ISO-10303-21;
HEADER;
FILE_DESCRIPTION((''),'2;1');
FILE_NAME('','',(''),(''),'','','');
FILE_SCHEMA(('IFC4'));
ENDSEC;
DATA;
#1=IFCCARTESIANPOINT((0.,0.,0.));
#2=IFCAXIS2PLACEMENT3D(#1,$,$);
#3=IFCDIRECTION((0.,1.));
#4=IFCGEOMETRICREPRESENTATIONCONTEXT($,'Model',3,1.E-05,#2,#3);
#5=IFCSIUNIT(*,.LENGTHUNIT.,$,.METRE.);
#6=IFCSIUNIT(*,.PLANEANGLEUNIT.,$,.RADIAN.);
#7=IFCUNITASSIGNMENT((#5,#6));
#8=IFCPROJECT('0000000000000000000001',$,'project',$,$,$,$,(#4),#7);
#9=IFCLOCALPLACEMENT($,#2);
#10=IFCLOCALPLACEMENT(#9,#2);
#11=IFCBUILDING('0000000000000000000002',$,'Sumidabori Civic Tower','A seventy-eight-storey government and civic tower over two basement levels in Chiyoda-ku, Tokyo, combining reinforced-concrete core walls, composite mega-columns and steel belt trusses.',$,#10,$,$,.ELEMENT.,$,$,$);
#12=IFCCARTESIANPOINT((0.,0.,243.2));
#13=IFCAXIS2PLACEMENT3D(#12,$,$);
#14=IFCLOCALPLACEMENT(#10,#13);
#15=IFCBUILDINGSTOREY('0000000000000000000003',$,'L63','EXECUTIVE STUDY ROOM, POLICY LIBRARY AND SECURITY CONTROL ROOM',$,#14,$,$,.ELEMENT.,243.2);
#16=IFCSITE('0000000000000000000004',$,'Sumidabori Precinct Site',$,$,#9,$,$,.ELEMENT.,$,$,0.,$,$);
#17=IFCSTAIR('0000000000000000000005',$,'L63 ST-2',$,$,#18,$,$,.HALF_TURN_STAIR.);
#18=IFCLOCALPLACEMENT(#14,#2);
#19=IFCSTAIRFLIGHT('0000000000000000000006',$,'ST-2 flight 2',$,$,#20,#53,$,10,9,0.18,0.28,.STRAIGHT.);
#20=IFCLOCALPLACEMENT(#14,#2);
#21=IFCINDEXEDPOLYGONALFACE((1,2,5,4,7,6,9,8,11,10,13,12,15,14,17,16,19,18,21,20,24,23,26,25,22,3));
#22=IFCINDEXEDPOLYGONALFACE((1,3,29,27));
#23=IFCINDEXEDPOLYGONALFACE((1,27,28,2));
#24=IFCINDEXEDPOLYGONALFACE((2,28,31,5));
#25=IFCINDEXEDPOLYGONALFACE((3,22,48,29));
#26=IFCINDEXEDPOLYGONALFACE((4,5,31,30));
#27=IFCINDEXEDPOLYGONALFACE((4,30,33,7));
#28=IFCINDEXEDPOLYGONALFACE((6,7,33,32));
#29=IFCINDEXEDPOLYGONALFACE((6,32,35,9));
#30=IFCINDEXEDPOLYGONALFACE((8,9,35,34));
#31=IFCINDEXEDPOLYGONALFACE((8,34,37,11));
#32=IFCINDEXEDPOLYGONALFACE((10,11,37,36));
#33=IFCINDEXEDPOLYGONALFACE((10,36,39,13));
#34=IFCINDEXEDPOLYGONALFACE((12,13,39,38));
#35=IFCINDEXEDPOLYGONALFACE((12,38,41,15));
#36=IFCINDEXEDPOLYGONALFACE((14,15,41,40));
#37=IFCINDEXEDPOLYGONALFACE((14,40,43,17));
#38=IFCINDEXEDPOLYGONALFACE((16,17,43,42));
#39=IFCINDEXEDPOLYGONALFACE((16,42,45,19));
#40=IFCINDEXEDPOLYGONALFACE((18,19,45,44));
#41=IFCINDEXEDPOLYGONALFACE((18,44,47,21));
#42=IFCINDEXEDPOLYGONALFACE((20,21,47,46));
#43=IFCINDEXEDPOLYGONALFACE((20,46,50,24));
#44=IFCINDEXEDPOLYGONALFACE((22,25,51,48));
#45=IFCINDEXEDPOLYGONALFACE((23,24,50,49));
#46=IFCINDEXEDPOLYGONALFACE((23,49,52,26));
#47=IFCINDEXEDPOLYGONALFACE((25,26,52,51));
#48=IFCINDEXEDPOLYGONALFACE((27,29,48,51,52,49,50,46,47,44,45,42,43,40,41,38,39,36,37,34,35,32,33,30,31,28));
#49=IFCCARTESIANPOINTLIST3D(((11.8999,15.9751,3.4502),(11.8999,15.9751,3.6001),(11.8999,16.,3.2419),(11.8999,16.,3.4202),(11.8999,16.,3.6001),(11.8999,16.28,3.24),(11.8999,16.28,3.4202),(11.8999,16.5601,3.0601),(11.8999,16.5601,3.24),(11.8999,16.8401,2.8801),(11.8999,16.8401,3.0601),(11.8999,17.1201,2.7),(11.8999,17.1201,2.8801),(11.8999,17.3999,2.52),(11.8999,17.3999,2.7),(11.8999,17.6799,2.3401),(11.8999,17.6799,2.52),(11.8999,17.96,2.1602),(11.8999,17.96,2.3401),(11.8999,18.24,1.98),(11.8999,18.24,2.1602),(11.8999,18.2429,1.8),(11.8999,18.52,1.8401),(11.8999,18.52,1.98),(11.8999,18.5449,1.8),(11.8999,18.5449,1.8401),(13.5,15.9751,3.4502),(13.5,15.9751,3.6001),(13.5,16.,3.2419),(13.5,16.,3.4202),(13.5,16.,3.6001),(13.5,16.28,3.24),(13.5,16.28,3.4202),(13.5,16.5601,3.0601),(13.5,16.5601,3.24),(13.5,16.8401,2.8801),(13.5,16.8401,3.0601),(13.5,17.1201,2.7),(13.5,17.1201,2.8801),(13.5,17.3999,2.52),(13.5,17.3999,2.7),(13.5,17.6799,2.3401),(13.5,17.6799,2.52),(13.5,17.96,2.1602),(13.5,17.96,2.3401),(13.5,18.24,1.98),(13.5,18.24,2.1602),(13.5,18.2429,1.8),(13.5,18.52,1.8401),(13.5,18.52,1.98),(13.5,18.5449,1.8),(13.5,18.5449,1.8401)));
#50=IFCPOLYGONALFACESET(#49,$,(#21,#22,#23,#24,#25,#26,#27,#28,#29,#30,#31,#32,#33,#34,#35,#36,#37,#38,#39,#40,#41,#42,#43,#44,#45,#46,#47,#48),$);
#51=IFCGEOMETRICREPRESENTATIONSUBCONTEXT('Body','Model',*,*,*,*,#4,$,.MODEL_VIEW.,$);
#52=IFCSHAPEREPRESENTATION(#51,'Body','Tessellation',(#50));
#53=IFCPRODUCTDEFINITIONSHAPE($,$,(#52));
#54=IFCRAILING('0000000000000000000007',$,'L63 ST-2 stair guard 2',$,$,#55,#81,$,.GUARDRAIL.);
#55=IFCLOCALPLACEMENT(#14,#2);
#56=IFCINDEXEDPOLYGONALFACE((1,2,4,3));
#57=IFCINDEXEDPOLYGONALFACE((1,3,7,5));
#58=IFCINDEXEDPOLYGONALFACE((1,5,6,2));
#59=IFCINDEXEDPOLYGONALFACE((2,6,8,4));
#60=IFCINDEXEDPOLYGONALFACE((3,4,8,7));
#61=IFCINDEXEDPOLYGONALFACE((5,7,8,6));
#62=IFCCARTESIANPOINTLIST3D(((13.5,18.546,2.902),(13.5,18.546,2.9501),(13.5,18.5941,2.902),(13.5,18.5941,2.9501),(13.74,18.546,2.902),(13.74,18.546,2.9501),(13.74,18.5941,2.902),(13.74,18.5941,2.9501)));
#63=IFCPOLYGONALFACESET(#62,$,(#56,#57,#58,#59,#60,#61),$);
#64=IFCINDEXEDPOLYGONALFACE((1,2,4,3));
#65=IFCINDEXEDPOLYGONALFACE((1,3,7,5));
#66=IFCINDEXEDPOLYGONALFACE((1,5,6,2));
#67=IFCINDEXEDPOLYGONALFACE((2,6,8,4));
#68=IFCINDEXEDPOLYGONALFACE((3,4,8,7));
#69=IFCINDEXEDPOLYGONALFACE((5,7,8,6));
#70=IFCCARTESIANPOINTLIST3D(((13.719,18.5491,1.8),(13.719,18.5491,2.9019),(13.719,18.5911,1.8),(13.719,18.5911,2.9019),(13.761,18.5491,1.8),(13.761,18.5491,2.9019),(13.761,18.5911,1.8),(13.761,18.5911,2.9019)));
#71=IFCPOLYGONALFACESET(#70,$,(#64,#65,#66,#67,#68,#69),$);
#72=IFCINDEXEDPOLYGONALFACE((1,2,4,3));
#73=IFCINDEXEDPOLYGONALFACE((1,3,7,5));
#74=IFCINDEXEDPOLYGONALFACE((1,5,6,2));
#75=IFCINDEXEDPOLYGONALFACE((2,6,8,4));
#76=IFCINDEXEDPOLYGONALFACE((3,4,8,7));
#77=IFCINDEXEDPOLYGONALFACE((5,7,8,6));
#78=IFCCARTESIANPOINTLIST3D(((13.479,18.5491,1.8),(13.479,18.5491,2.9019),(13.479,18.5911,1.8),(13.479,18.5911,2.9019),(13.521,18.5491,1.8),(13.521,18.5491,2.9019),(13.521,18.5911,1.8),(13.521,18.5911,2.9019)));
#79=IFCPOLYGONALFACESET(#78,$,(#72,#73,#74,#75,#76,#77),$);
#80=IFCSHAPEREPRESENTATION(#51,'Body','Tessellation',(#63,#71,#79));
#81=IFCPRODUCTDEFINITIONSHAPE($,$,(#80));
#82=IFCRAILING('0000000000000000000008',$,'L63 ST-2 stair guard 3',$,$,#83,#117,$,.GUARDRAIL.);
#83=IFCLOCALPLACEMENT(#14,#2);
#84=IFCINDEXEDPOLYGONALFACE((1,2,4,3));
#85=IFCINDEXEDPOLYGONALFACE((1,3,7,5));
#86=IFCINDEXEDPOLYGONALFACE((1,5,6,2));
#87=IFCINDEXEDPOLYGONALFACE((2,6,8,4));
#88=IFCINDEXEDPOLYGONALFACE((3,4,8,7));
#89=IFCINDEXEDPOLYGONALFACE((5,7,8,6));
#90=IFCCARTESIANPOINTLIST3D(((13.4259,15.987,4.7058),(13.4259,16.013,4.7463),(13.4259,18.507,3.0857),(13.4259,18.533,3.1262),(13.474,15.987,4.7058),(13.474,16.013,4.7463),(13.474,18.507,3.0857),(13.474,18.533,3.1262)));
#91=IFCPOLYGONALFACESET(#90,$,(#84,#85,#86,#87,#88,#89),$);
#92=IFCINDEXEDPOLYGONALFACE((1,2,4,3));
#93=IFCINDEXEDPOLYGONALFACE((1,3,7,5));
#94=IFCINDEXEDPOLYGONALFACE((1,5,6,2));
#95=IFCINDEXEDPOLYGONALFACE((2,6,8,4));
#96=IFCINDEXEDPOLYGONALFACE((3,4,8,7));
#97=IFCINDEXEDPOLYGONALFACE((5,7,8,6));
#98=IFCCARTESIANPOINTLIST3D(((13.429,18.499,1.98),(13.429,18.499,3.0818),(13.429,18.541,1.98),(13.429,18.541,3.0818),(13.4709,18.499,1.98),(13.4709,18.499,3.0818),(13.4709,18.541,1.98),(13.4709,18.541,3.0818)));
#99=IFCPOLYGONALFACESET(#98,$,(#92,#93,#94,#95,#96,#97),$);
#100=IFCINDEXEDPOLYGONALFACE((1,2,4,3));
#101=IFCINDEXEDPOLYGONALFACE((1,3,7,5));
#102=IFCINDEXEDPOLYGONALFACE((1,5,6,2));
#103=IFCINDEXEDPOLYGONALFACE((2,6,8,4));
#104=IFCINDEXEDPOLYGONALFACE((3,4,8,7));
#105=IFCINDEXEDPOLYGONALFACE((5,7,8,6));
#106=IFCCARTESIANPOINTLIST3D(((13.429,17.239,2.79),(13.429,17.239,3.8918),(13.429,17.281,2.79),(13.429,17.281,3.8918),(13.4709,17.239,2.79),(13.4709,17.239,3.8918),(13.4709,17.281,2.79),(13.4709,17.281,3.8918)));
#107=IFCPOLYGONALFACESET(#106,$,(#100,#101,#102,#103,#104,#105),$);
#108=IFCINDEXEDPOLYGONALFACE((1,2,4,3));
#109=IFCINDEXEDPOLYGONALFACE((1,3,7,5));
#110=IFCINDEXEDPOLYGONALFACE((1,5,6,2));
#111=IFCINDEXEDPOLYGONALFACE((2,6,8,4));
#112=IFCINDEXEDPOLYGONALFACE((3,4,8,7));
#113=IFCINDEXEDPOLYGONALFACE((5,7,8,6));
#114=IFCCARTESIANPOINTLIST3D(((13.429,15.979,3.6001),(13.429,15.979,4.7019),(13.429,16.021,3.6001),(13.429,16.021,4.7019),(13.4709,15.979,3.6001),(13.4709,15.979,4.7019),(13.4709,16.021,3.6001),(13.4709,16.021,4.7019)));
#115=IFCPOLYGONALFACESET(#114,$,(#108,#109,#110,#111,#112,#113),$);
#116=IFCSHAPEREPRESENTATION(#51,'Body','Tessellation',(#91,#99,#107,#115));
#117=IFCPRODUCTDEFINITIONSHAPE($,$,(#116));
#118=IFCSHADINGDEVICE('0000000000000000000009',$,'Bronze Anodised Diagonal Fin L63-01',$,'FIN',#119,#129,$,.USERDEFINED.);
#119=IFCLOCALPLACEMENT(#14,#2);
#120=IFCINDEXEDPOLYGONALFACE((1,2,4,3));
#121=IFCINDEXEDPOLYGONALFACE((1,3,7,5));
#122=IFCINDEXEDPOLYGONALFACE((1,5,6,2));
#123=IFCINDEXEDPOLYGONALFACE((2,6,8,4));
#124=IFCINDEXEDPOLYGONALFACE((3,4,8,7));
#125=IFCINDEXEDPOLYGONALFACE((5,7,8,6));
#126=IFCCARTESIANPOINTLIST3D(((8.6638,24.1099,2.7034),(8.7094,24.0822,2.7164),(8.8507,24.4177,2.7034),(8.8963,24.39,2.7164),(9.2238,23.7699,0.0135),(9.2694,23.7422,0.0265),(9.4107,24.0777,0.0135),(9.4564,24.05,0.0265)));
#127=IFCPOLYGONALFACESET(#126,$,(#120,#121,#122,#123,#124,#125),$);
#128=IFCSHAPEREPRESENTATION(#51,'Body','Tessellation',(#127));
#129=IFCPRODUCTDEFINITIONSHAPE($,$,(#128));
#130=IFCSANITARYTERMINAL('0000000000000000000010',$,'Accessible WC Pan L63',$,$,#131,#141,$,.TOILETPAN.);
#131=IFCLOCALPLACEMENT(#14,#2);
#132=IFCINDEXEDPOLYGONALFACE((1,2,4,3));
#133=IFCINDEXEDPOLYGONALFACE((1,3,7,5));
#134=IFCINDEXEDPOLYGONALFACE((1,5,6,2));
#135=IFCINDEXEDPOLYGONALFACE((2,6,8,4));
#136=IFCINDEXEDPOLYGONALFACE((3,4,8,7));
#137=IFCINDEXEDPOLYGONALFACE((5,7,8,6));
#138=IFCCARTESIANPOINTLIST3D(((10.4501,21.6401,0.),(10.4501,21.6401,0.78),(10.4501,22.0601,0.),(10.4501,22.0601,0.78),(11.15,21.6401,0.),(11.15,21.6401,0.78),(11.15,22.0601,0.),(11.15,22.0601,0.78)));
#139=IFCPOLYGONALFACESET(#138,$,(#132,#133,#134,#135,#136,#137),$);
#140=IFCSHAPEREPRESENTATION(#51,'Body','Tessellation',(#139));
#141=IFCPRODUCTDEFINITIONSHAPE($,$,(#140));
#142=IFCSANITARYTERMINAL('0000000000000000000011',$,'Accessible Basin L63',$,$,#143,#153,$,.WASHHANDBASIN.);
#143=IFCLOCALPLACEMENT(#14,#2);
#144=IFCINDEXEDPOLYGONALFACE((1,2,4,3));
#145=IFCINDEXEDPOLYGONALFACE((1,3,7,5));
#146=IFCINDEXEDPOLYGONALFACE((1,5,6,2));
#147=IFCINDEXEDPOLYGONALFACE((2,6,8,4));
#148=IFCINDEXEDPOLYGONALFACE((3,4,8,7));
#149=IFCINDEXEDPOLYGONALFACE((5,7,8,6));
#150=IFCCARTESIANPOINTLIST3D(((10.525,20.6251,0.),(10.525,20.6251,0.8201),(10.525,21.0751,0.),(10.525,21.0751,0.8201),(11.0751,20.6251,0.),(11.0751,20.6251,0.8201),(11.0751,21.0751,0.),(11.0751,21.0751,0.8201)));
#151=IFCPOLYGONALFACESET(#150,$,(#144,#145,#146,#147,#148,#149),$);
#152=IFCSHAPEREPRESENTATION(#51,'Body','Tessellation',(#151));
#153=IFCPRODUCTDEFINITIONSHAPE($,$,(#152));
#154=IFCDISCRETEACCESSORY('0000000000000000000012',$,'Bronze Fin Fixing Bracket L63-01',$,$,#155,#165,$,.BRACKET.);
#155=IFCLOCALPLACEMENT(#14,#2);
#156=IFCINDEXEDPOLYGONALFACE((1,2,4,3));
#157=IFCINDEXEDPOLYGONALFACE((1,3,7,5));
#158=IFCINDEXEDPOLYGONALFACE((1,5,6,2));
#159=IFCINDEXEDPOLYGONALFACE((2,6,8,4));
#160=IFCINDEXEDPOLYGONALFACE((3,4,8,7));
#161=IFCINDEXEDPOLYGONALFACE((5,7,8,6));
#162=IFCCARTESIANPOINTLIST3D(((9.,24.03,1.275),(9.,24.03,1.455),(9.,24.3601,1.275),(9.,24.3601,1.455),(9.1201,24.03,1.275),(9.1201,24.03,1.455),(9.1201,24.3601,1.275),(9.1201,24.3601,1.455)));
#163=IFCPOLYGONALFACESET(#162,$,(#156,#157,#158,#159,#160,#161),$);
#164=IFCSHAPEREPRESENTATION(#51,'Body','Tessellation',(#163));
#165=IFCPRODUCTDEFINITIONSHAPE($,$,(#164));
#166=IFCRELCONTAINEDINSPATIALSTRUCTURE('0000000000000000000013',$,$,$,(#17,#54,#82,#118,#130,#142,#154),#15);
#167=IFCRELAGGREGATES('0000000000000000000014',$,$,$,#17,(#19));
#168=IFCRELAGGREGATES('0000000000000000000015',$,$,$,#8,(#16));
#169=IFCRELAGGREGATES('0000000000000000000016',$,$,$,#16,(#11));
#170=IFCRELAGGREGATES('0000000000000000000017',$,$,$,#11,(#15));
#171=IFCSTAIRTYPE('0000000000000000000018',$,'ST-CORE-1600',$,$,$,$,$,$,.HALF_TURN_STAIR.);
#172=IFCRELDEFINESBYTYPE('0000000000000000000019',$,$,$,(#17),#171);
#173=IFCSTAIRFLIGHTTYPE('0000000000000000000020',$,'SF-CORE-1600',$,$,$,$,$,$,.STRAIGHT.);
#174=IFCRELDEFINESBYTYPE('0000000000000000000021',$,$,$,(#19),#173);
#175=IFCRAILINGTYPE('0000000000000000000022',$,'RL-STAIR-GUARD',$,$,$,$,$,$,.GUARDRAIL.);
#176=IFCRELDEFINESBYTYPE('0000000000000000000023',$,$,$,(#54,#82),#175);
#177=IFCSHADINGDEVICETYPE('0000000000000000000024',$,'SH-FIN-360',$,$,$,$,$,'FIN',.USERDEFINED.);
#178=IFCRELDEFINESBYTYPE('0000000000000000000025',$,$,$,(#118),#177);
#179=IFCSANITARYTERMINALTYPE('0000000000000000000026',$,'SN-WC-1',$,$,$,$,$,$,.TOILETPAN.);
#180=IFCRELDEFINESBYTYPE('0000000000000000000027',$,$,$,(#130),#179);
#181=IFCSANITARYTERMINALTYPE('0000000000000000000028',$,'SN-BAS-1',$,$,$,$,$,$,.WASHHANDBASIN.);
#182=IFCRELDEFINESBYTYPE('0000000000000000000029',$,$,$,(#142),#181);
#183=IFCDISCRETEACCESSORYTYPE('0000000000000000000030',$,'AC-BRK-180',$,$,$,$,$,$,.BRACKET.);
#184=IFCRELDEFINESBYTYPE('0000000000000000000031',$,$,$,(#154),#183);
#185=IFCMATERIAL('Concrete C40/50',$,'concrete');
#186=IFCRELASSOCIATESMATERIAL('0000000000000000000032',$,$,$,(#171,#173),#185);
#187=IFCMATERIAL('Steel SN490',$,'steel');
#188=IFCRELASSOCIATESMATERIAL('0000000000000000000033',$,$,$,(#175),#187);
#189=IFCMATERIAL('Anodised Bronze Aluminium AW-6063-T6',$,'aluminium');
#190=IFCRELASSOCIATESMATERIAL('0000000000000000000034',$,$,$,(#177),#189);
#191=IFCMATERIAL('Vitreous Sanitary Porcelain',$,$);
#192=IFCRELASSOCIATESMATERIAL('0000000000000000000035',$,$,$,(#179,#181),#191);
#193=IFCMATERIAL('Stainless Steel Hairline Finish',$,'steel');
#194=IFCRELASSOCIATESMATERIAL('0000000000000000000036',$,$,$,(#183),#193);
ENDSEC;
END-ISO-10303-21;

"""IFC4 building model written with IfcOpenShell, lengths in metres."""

from ifc_helpers import new_model, si_unit, direction, frame, origin, origin_2d, place, context, subcontext, project, spatial, polyline, rectangle, outline, extrude, source, transform, mapped, material, material_profile, profile_set, type_object, element, aggregate, save


model = new_model("IFC4")

# Units and contexts
model_context = context("Model", 3, precision=1e-05, world=origin(), true_north=direction((0.0, 1.0)))
body_context = subcontext(model_context, "Body", "Model", "MODEL_VIEW")
ifc_project = project(units=[si_unit("LENGTHUNIT", "METRE"), si_unit("PLANEANGLEUNIT", "RADIAN")], contexts=[model_context])

# Site, building, storey
site_placement = place(None, origin())
site = spatial("IfcSite", under=ifc_project, at=site_placement, Name="Sumidabori Precinct Site", CompositionType="ELEMENT", RefElevation=0.0)
building_placement = place(site_placement, origin())
building = spatial("IfcBuilding", under=site, at=building_placement, Name="Sumidabori Civic Tower", Description="A seventy-eight-storey government and civic tower over two basement levels in Chiyoda-ku, Tokyo, combining reinforced-concrete core walls, composite mega-columns and steel belt trusses.", CompositionType="ELEMENT")
storey_placement = place(building_placement, frame((0.0, 0.0, 243.2)))
storey = spatial("IfcBuildingStorey", under=building, at=storey_placement, Name="L63", Description="EXECUTIVE STUDY ROOM, POLICY LIBRARY AND SECURITY CONTROL ROOM", CompositionType="ELEMENT", Elevation=243.2)

# Shared definitions
ifc_material_1 = material(Name="Steel SN490", Category="steel")

# Shared definitions
ifc_material_2 = material(Name="Anodised Bronze Aluminium AW-6063-T6", Category="aluminium")

# Stair, stair flight
ifc_material_3 = material(Name="Concrete C40/50", Category="concrete")
stair_type = type_object("IfcStairType", Name="ST-CORE-1600", PredefinedType="HALF_TURN_STAIR", material=ifc_material_3)
stair_placement = place(storey_placement, origin())
stair = element("IfcStair", 1, at=stair_placement, inside=storey, type_object=stair_type, Name="L63 ST-2", PredefinedType="HALF_TURN_STAIR")
stair_flight_type = type_object("IfcStairFlightType", Name="SF-CORE-1600", PredefinedType="STRAIGHT", material=ifc_material_3)
shared_shape_1 = source(origin(), body_context, "Body", "SweptSolid", [
    extrude(outline(polyline([(-0.0249, 0.0), (-0.0249, 0.04), (0.0, 0.04), (0.0, 0.1799), (0.28, 0.1799), (0.28, 0.3601), (0.5601, 0.3601), (0.5601, 0.54), (0.8401, 0.54), (0.8401, 0.72), (1.1201, 0.72), (1.1201, 0.8999), (1.3999, 0.8999), (1.3999, 1.0801), (1.6799, 1.0801), (1.6799, 1.26), (1.96, 1.26), (1.96, 1.4399), (2.24, 1.4399), (2.24, 1.6201), (2.52, 1.6201), (2.52, 1.8), (2.5449, 1.8), (2.5449, 1.6501), (2.52, 1.4419), (0.2771, 0.0), (-0.0249, 0.0)])), frame((0.0, 0.8, 0.0), z_axis=(0.0, -1.0, 0.0), x_axis=(1.0, 0.0, 0.0)), (0.0, 0.0, 1.0), 1.6001),
])
stair_flight_placement = place(storey_placement, frame((12.7, 18.52, 1.8), z_axis=(0.0, 0.0, 1.0), x_axis=(0.0, -1.0, 0.0)))
stair_flight = element("IfcStairFlight", 2, at=stair_flight_placement, type_object=stair_flight_type, Name="ST-2 flight 2", NumberOfRisers=10, NumberOfTreads=9, PredefinedType="STRAIGHT", RiserHeight=0.18, TreadLength=0.28, context=body_context, shape_type="MappedRepresentation", body=[
    mapped(shared_shape_1, transform((0.0, 0.0, 0.0), x_axis=(1.0, 0.0, 0.0), y_axis=(0.0, 1.0, 0.0), z_axis=(0.0, 0.0, 1.0), scale=1.0)),
])
aggregate(stair, [stair_flight])

# Railings
railing_type = type_object("IfcRailingType", Name="RL-STAIR-GUARD", PredefinedType="GUARDRAIL", material=ifc_material_1)
railing_1_placement = place(storey_placement, frame((13.74, 18.5701, 1.8)))
element("IfcRailing", 3, at=railing_1_placement, inside=storey, type_object=railing_type, Name="L63 ST-2 stair guard 2", PredefinedType="GUARDRAIL", context=body_context, shape_type="SweptSolid", body=[
    extrude(rectangle(XDim=0.0481, YDim=0.0481, at=origin_2d()), frame((0.0, 0.0, 1.126), z_axis=(-1.0, 0.0, 0.0), x_axis=(0.0, -1.0, 0.0)), (0.0, 0.0, 1.0), 0.24),
    extrude(rectangle(XDim=0.042, YDim=0.042, at=origin_2d()), origin(), (0.0, 0.0, 1.0), 1.1018),
    extrude(rectangle(XDim=0.042, YDim=0.042, at=origin_2d()), frame((-0.24, 0.0, 0.0)), (0.0, 0.0, 1.0), 1.1018),
])
railing_2_placement = place(storey_placement, frame((13.45, 18.52, 1.98)))
element("IfcRailing", 4, at=railing_2_placement, inside=storey, type_object=railing_type, Name="L63 ST-2 stair guard 3", PredefinedType="GUARDRAIL", context=body_context, shape_type="SweptSolid", body=[
    extrude(rectangle(XDim=0.0481, YDim=0.0481, at=origin_2d()), frame((0.0, 0.0, 1.126), z_axis=(0.0, -0.841163, 0.540782), x_axis=(1.0, 0.0, 0.0)), (0.0, 0.0, 1.0), 2.9958),
    extrude(rectangle(XDim=0.042, YDim=0.042, at=origin_2d()), origin(), (0.0, 0.0, 1.0), 1.1018),
    extrude(rectangle(XDim=0.042, YDim=0.042, at=origin_2d()), frame((0.0, -1.26, 0.8101)), (0.0, 0.0, 1.0), 1.1018),
    extrude(rectangle(XDim=0.042, YDim=0.042, at=origin_2d()), frame((0.0, -2.52, 1.6201)), (0.0, 0.0, 1.0), 1.1018),
])

# Shading device
ifc_material_profile_1 = material_profile(ifc_material_2, rectangle(XDim=0.0549, YDim=0.3601, at=origin_2d()), Name="BRONZE FIN 360x55")
ifc_profile_set_1 = profile_set([ifc_material_profile_1], Name="Anodised Bronze Aluminium AW-6063-T6")
shading_device_type = type_object("IfcShadingDeviceType", Name="SH-FIN-360", ElementType="FIN", PredefinedType="USERDEFINED", material=ifc_profile_set_1)
shared_shape_2 = source(origin(), body_context, "Body", "SweptSolid", [
    extrude(rectangle(XDim=0.0549, YDim=0.3601, at=origin_2d()), origin(), (0.0, 0.0, 1.0), 2.7686),
])
shading_device_placement = place(storey_placement, frame((9.3401, 23.9099, 0.02), z_axis=(-0.20229, 0.122838, 0.971591), x_axis=(0.83047, -0.504291, 0.236665)))
element("IfcShadingDevice", 5, at=shading_device_placement, inside=storey, type_object=shading_device_type, Name="Bronze Anodised Diagonal Fin L63-01", ObjectType="FIN", PredefinedType="USERDEFINED", context=body_context, shape_type="MappedRepresentation", body=[
    mapped(shared_shape_2, transform((0.0, 0.0, 0.0), x_axis=(1.0, 0.0, 0.0), y_axis=(0.0, 1.0, 0.0), z_axis=(0.0, 0.0, 1.0), scale=1.0)),
])

# Sanitary terminals
ifc_material_4 = material(Name="Vitreous Sanitary Porcelain")
sanitary_terminal_type_1 = type_object("IfcSanitaryTerminalType", Name="SN-WC-1", PredefinedType="TOILETPAN", material=ifc_material_4)
shared_shape_3 = source(origin(), body_context, "Body", "SweptSolid", [
    extrude(rectangle(XDim=0.7, YDim=0.4199, at=origin_2d()), origin(), (0.0, 0.0, 1.0), 0.78),
])
sanitary_terminal_1_placement = place(storey_placement, frame((10.8, 21.8501, 0.0), z_axis=(0.0, 0.0, 1.0), x_axis=(1.0, 0.0, 0.0)))
element("IfcSanitaryTerminal", 6, at=sanitary_terminal_1_placement, inside=storey, type_object=sanitary_terminal_type_1, Name="Accessible WC Pan L63", PredefinedType="TOILETPAN", context=body_context, shape_type="MappedRepresentation", body=[
    mapped(shared_shape_3, transform((0.0, 0.0, 0.0), x_axis=(1.0, 0.0, 0.0), y_axis=(0.0, 1.0, 0.0), z_axis=(0.0, 0.0, 1.0), scale=1.0)),
])
sanitary_terminal_type_2 = type_object("IfcSanitaryTerminalType", Name="SN-BAS-1", PredefinedType="WASHHANDBASIN", material=ifc_material_4)
shared_shape_4 = source(origin(), body_context, "Body", "SweptSolid", [
    extrude(rectangle(XDim=0.55, YDim=0.45, at=origin_2d()), origin(), (0.0, 0.0, 1.0), 0.8201),
])
sanitary_terminal_2_placement = place(storey_placement, frame((10.8, 20.8501, 0.0), z_axis=(0.0, 0.0, 1.0), x_axis=(1.0, 0.0, 0.0)))
element("IfcSanitaryTerminal", 7, at=sanitary_terminal_2_placement, inside=storey, type_object=sanitary_terminal_type_2, Name="Accessible Basin L63", PredefinedType="WASHHANDBASIN", context=body_context, shape_type="MappedRepresentation", body=[
    mapped(shared_shape_4, transform((0.0, 0.0, 0.0), x_axis=(1.0, 0.0, 0.0), y_axis=(0.0, 1.0, 0.0), z_axis=(0.0, 0.0, 1.0), scale=1.0)),
])

# Discrete accessory
ifc_material_5 = material(Name="Stainless Steel Hairline Finish", Category="steel")
ifc_material_profile_2 = material_profile(ifc_material_5, rectangle(XDim=0.1201, YDim=0.1799, at=origin_2d()), Name="STEEL BRACKET 180x120")
ifc_profile_set_2 = profile_set([ifc_material_profile_2], Name="Stainless Steel Hairline Finish")
discrete_accessory_type = type_object("IfcDiscreteAccessoryType", Name="AC-BRK-180", PredefinedType="BRACKET", material=ifc_profile_set_2)
shared_shape_5 = source(origin(), body_context, "Body", "SweptSolid", [
    extrude(rectangle(XDim=0.1201, YDim=0.1799, at=origin_2d()), origin(), (0.0, 0.0, 1.0), 0.3301),
])
discrete_accessory_placement = place(storey_placement, frame((9.0601, 24.03, 1.365), z_axis=(0.0, 1.0, 0.0), x_axis=(-1.0, 0.0, 0.0)))
element("IfcDiscreteAccessory", 8, at=discrete_accessory_placement, inside=storey, type_object=discrete_accessory_type, Name="Bronze Fin Fixing Bracket L63-01", PredefinedType="BRACKET", context=body_context, shape_type="MappedRepresentation", body=[
    mapped(shared_shape_5, transform((0.0, 0.0, 0.0), x_axis=(1.0, 0.0, 0.0), y_axis=(0.0, 1.0, 0.0), z_axis=(0.0, 0.0, 1.0), scale=1.0)),
])

save(model, "model.ifc")
